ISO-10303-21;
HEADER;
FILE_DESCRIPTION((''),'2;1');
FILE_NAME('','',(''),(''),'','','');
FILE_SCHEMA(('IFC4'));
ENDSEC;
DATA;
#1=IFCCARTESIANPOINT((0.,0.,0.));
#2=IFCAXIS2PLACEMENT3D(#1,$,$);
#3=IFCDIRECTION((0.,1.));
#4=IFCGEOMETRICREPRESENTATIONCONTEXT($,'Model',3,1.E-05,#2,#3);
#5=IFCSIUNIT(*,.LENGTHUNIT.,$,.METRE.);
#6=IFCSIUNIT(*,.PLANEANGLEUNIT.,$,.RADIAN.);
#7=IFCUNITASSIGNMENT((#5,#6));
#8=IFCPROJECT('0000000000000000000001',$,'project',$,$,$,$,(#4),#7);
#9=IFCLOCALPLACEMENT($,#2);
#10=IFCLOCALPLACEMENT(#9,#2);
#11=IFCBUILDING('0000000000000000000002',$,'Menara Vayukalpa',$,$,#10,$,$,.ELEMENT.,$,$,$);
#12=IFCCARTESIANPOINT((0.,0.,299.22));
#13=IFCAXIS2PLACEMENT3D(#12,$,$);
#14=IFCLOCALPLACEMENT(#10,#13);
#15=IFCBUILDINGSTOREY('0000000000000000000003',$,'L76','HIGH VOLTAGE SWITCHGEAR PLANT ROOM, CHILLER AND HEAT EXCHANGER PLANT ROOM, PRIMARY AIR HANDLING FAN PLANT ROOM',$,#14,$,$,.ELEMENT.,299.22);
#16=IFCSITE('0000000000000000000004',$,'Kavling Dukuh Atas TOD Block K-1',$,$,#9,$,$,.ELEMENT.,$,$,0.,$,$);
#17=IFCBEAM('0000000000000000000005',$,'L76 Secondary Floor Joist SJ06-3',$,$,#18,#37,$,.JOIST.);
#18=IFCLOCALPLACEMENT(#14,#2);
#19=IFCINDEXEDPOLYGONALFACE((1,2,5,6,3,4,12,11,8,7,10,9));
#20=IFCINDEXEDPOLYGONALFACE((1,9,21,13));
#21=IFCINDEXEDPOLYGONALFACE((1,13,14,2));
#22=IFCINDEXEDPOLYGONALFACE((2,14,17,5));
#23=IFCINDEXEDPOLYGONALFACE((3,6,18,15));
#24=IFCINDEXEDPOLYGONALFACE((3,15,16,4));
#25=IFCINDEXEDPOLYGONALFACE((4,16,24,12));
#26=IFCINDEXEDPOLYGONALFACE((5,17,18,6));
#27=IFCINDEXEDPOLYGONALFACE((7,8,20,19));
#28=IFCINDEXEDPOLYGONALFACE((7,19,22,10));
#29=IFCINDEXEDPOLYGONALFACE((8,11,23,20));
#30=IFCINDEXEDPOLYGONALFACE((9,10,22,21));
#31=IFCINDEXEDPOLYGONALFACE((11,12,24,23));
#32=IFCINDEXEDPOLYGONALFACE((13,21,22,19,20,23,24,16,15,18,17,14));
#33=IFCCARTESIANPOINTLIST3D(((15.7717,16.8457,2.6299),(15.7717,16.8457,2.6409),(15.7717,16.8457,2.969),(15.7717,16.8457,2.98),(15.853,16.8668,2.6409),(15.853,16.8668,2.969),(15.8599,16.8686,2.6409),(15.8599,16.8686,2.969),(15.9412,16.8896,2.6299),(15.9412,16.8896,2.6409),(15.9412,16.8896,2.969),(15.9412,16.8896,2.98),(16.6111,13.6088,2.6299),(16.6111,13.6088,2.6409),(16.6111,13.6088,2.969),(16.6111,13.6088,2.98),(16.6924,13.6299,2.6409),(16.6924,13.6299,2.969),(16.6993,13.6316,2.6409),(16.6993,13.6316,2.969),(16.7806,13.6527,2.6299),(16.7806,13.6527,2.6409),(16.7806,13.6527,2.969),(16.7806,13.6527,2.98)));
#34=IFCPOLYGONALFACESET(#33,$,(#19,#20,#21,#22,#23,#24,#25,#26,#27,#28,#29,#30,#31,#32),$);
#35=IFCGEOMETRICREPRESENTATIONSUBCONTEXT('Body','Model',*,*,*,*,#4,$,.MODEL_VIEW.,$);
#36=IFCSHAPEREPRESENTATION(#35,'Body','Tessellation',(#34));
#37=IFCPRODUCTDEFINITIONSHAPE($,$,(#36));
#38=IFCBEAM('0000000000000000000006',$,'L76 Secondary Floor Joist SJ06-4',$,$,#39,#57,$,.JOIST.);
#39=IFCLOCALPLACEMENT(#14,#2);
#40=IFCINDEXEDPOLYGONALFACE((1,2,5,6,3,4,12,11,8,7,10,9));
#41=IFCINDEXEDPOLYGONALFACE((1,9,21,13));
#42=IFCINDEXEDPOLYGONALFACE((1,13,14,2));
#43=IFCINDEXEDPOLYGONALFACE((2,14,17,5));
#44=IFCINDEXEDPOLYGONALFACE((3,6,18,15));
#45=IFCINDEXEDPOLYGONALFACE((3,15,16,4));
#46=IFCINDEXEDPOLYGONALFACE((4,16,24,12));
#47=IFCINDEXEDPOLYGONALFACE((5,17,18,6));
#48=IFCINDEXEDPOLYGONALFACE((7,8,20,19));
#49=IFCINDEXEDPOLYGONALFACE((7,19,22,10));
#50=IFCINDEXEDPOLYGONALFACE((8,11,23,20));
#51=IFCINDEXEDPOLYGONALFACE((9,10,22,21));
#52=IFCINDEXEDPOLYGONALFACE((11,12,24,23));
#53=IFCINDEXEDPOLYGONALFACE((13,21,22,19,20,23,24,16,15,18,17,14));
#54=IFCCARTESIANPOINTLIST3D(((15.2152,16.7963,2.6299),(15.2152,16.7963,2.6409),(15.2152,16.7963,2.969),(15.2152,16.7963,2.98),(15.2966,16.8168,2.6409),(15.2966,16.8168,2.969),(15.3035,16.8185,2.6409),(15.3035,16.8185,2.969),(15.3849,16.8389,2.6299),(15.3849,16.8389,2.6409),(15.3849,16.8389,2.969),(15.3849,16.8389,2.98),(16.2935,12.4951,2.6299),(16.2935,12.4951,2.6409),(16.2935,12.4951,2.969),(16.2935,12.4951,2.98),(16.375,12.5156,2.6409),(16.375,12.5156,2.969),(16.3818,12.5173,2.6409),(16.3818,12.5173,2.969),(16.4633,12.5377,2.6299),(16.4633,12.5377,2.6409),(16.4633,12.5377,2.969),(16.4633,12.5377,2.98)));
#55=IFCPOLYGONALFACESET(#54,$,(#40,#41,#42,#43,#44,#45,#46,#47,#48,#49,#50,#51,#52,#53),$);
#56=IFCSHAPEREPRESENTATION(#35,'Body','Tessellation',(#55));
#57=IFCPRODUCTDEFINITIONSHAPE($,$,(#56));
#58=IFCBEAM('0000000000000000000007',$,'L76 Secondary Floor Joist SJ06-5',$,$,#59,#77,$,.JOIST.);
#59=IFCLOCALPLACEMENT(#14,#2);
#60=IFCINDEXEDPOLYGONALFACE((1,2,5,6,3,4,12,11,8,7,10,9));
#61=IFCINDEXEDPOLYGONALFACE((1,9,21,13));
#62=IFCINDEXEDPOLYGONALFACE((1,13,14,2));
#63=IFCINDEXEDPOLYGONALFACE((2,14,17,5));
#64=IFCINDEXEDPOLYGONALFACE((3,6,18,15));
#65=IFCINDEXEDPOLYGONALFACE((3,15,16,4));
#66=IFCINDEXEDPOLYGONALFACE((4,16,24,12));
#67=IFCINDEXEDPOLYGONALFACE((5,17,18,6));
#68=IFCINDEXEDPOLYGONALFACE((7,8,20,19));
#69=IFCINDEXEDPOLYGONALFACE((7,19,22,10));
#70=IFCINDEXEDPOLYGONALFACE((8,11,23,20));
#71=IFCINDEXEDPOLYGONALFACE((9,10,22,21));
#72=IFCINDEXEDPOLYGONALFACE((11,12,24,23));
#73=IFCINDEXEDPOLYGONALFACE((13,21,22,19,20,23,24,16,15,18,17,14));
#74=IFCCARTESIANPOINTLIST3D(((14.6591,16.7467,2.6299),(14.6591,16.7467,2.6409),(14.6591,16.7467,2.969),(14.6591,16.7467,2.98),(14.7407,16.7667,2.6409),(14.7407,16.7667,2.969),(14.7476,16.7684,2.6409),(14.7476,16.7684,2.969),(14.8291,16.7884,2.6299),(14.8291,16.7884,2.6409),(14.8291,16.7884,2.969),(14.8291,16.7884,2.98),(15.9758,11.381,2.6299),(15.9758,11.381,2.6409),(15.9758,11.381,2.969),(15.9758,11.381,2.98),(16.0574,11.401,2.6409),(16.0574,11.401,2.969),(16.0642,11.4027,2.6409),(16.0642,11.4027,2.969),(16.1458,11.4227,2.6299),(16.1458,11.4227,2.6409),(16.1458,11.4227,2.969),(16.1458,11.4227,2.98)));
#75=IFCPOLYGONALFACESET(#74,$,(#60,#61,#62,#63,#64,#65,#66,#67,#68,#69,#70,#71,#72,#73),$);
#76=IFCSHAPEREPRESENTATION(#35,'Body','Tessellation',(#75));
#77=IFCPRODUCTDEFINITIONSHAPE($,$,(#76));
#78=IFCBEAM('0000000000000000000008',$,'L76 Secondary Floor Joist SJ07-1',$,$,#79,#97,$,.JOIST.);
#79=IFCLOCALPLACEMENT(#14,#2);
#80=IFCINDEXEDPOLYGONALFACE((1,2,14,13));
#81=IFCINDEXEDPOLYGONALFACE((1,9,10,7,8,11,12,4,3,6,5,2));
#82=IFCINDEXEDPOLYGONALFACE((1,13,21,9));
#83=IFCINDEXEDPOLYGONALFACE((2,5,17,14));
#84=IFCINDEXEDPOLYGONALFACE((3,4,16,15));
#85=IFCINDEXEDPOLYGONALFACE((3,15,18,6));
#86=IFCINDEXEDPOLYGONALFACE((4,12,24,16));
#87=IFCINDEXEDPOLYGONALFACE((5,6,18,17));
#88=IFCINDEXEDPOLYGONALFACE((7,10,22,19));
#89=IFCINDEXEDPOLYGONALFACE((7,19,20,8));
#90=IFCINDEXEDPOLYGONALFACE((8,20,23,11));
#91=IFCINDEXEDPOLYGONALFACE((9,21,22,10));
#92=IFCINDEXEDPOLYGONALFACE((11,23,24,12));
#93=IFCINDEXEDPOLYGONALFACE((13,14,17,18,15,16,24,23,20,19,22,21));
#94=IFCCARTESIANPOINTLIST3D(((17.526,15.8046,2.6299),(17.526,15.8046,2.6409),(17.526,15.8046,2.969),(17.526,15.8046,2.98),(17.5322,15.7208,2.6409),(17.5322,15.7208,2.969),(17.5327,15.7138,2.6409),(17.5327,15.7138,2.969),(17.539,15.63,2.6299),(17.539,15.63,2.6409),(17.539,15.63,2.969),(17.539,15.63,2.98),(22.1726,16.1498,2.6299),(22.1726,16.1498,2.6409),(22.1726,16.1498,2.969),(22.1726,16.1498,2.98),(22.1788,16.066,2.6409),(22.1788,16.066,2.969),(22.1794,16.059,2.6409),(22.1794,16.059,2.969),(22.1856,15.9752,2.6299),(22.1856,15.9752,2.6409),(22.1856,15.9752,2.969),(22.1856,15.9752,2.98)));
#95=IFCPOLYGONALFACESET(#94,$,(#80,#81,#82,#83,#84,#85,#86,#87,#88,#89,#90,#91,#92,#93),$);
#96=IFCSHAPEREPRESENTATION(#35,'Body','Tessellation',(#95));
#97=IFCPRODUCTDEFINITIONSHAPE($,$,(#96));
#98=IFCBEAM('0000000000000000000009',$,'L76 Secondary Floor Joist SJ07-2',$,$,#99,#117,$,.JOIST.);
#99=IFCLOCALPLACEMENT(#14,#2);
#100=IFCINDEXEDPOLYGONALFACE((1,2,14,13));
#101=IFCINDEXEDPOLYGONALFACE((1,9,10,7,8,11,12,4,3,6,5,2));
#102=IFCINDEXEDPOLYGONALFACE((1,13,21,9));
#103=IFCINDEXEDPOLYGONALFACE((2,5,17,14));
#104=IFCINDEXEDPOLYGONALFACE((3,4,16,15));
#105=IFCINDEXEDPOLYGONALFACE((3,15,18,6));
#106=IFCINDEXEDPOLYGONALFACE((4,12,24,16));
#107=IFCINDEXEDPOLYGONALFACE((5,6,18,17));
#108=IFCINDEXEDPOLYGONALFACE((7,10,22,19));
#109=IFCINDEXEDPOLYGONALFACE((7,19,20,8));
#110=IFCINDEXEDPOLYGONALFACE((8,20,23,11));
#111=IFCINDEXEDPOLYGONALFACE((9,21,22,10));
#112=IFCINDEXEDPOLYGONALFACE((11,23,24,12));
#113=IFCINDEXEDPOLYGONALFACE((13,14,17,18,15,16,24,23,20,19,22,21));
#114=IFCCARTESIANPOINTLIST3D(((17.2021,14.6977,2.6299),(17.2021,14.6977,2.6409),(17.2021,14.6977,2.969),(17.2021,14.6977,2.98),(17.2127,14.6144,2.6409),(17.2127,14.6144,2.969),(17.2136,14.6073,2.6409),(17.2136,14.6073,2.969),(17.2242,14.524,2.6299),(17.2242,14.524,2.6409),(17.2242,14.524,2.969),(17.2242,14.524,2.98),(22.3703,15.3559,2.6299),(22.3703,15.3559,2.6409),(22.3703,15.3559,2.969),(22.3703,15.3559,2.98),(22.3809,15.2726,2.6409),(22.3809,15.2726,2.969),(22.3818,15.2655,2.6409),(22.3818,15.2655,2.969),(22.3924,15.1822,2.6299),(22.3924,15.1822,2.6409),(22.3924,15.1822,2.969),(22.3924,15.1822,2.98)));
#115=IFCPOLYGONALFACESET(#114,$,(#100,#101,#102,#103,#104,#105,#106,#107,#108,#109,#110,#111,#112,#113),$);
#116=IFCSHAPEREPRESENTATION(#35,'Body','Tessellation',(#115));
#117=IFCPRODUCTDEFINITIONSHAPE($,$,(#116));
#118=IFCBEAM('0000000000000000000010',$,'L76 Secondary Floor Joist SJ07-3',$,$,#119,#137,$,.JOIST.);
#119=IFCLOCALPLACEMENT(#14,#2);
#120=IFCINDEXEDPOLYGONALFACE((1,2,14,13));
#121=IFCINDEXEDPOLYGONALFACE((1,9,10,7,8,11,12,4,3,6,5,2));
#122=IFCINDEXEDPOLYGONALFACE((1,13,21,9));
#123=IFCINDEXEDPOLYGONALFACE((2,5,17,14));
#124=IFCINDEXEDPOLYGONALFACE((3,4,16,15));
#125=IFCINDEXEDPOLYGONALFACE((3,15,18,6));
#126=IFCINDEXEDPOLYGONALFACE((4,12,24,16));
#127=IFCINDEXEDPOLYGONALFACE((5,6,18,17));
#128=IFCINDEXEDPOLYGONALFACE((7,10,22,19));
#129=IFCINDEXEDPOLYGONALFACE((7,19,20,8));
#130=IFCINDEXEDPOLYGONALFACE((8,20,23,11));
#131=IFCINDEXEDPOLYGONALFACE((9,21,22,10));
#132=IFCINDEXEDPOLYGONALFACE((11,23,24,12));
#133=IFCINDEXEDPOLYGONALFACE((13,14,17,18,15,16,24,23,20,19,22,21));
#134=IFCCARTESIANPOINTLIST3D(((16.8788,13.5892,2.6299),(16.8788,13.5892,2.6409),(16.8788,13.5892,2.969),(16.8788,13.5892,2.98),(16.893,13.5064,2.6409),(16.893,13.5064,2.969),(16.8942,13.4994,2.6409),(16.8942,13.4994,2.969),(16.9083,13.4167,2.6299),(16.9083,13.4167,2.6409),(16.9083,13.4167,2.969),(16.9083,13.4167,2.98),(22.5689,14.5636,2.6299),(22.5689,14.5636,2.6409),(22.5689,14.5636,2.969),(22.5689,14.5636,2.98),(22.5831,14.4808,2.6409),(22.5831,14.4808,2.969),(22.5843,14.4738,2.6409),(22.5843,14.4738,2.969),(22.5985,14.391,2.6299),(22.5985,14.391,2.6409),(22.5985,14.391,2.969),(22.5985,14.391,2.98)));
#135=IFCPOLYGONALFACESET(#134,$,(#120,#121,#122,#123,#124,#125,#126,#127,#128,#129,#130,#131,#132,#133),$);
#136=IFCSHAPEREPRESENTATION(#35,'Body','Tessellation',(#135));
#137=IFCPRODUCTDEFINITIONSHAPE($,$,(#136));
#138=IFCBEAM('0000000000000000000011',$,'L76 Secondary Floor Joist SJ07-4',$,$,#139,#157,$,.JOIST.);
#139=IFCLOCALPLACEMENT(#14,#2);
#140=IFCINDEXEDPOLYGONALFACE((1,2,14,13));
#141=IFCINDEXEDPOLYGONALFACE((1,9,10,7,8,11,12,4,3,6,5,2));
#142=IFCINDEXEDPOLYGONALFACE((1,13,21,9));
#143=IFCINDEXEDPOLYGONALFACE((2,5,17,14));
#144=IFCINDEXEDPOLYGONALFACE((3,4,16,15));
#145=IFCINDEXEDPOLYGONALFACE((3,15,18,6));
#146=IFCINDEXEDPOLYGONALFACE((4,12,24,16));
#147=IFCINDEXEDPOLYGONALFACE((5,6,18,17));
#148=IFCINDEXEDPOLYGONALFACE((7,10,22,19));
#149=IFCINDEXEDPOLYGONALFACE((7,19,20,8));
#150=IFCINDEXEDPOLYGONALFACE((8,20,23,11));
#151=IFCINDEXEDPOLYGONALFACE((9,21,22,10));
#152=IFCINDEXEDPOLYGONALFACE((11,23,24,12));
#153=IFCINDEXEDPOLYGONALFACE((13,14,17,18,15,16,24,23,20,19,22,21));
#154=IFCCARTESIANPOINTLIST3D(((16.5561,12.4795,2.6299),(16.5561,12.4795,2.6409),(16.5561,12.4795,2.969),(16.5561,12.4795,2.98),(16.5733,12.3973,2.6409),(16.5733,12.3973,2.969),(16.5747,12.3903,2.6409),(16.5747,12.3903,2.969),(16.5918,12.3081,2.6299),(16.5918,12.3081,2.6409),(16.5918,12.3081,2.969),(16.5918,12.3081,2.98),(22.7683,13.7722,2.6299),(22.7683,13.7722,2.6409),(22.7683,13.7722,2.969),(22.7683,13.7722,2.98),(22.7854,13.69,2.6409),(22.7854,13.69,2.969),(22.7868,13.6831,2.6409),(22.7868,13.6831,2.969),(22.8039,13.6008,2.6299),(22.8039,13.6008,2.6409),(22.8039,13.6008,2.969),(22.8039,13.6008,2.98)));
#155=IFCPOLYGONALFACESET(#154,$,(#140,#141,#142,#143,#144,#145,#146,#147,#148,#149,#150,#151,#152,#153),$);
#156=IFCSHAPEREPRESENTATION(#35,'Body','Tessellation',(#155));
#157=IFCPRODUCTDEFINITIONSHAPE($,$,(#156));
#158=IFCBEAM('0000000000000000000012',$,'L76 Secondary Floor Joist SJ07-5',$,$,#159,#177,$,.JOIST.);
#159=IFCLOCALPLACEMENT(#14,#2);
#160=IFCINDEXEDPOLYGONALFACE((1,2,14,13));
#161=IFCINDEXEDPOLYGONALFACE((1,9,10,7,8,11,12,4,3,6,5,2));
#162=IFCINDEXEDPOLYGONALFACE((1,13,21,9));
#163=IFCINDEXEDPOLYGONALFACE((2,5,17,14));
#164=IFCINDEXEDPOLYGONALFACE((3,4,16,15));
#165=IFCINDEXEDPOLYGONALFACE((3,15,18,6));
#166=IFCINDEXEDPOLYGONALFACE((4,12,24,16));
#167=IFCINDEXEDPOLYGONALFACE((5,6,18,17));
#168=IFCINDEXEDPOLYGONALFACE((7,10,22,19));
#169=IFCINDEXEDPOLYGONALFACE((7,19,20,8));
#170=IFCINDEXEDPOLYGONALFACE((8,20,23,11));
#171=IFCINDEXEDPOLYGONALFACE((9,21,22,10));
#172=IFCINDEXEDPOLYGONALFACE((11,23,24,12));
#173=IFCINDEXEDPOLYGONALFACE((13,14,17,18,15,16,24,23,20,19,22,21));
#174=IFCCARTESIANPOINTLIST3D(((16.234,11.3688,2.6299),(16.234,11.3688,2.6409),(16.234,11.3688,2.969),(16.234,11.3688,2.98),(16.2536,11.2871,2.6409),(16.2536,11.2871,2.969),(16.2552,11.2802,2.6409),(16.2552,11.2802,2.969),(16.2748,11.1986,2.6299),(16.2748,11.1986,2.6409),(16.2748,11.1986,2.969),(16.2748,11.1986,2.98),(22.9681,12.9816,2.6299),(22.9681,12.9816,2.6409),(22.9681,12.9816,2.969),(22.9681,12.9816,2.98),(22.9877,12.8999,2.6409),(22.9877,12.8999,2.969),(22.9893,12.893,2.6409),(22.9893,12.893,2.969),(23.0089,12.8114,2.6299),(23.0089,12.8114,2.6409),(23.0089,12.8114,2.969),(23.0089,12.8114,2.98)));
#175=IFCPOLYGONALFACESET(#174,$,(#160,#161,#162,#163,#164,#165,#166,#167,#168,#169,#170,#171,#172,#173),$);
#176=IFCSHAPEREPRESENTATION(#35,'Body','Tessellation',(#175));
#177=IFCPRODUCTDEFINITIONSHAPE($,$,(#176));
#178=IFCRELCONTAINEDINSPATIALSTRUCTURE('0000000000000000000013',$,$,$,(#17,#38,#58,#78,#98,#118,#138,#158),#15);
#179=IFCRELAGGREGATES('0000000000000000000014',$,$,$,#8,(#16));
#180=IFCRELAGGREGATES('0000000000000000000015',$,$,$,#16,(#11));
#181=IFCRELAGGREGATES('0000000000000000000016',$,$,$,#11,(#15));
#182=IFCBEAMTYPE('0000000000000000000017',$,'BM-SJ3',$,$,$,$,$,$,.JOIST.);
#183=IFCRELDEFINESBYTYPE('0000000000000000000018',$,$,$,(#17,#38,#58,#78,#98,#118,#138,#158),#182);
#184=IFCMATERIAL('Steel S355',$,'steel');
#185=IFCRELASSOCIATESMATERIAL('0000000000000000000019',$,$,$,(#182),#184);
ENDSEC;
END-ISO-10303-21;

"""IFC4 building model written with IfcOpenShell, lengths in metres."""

from ifc_helpers import new_model, si_unit, direction, frame, origin, origin_2d, place, context, subcontext, project, spatial, i_section, extrude, material, material_profile, profile_set, type_object, element, save


model = new_model("IFC4")

# Units and contexts
model_context = context("Model", 3, precision=1e-05, world=origin(), true_north=direction((0.0, 1.0)))
body_context = subcontext(model_context, "Body", "Model", "MODEL_VIEW")
ifc_project = project(units=[si_unit("LENGTHUNIT", "METRE"), si_unit("PLANEANGLEUNIT", "RADIAN")], contexts=[model_context])

# Site, building, storey
site_placement = place(None, origin())
site = spatial("IfcSite", under=ifc_project, at=site_placement, Name="Kavling Dukuh Atas TOD Block K-1", CompositionType="ELEMENT", RefElevation=0.0)
building_placement = place(site_placement, origin())
building = spatial("IfcBuilding", under=site, at=building_placement, Name="Menara Vayukalpa", CompositionType="ELEMENT")
storey_placement = place(building_placement, frame((0.0, 0.0, 299.22)))
storey = spatial("IfcBuildingStorey", under=building, at=storey_placement, Name="L76", Description="HIGH VOLTAGE SWITCHGEAR PLANT ROOM, CHILLER AND HEAT EXCHANGER PLANT ROOM, PRIMARY AIR HANDLING FAN PLANT ROOM", CompositionType="ELEMENT", Elevation=299.22)

# Beams
ifc_material_1 = material(Name="Steel S355", Category="steel")
ifc_material_profile_1 = material_profile(ifc_material_1, i_section(OverallWidth=0.175, OverallDepth=0.3501, WebThickness=0.0071, FlangeThickness=0.011, at=origin_2d()), Name="WF 350x175x7x11")
ifc_profile_set_1 = profile_set([ifc_material_profile_1], Name="Steel S355")
beam_type_1 = type_object("IfcBeamType", Name="BM-SJ3", PredefinedType="JOIST", material=ifc_profile_set_1)
beam_1_placement = place(storey_placement, frame((15.8564, 16.8677, 2.8049), z_axis=(0.251013, -0.967984, 0.0), x_axis=(0.967984, 0.251013, 0.0)))
element("IfcBeam", 1, at=beam_1_placement, inside=storey, type_object=beam_type_1, Name="L76 Secondary Floor Joist SJ06-3", PredefinedType="JOIST", context=body_context, shape_type="SweptSolid", body=[
    extrude(i_section(OverallWidth=0.175, OverallDepth=0.3501, WebThickness=0.0071, FlangeThickness=0.011, at=origin_2d()), origin(), (0.0, 0.0, 1.0), 3.344),
])
beam_2_placement = place(storey_placement, frame((15.3, 16.8176, 2.8049), z_axis=(0.243183, -0.96998, 0.0), x_axis=(0.96998, 0.243183, 0.0)))
element("IfcBeam", 2, at=beam_2_placement, inside=storey, type_object=beam_type_1, Name="L76 Secondary Floor Joist SJ06-4", PredefinedType="JOIST", context=body_context, shape_type="SweptSolid", body=[
    extrude(i_section(OverallWidth=0.175, OverallDepth=0.3501, WebThickness=0.0071, FlangeThickness=0.011, at=origin_2d()), origin(), (0.0, 0.0, 1.0), 4.4343),
])
beam_3_placement = place(storey_placement, frame((14.7441, 16.7676, 2.8049), z_axis=(0.238312, -0.971189, 0.0), x_axis=(0.971189, 0.238312, 0.0)))
element("IfcBeam", 3, at=beam_3_placement, inside=storey, type_object=beam_type_1, Name="L76 Secondary Floor Joist SJ06-5", PredefinedType="JOIST", context=body_context, shape_type="SweptSolid", body=[
    extrude(i_section(OverallWidth=0.175, OverallDepth=0.3501, WebThickness=0.0071, FlangeThickness=0.011, at=origin_2d()), origin(), (0.0, 0.0, 1.0), 5.5249),
])
beam_4_placement = place(storey_placement, frame((17.5325, 15.7173, 2.8049), z_axis=(0.997252, 0.074088, 0.0), x_axis=(-0.074088, 0.997252, 0.0)))
element("IfcBeam", 4, at=beam_4_placement, inside=storey, type_object=beam_type_1, Name="L76 Secondary Floor Joist SJ07-1", PredefinedType="JOIST", context=body_context, shape_type="SweptSolid", body=[
    extrude(i_section(OverallWidth=0.175, OverallDepth=0.3501, WebThickness=0.0071, FlangeThickness=0.011, at=origin_2d()), origin(), (0.0, 0.0, 1.0), 4.6594),
])
beam_5_placement = place(storey_placement, frame((17.2131, 14.6108, 2.8049), z_axis=(0.991988, 0.126336, 0.0), x_axis=(-0.126336, 0.991988, 0.0)))
element("IfcBeam", 5, at=beam_5_placement, inside=storey, type_object=beam_type_1, Name="L76 Secondary Floor Joist SJ07-2", PredefinedType="JOIST", context=body_context, shape_type="SweptSolid", body=[
    extrude(i_section(OverallWidth=0.175, OverallDepth=0.3501, WebThickness=0.0071, FlangeThickness=0.011, at=origin_2d()), origin(), (0.0, 0.0, 1.0), 5.21),
])
beam_6_placement = place(storey_placement, frame((16.8936, 13.5029, 2.8049), z_axis=(0.985654, 0.16878, 0.0), x_axis=(-0.16878, 0.985654, 0.0)))
element("IfcBeam", 6, at=beam_6_placement, inside=storey, type_object=beam_type_1, Name="L76 Secondary Floor Joist SJ07-3", PredefinedType="JOIST", context=body_context, shape_type="SweptSolid", body=[
    extrude(i_section(OverallWidth=0.175, OverallDepth=0.3501, WebThickness=0.0071, FlangeThickness=0.011, at=origin_2d()), origin(), (0.0, 0.0, 1.0), 5.7729),
])
beam_7_placement = place(storey_placement, frame((16.574, 12.3938, 2.8049), z_axis=(0.979027, 0.203731, 0.0), x_axis=(-0.203731, 0.979027, 0.0)))
element("IfcBeam", 7, at=beam_7_placement, inside=storey, type_object=beam_type_1, Name="L76 Secondary Floor Joist SJ07-4", PredefinedType="JOIST", context=body_context, shape_type="SweptSolid", body=[
    extrude(i_section(OverallWidth=0.175, OverallDepth=0.3501, WebThickness=0.0071, FlangeThickness=0.011, at=origin_2d()), origin(), (0.0, 0.0, 1.0), 6.3452),
])
beam_8_placement = place(storey_placement, frame((16.2544, 11.2837, 2.8049), z_axis=(0.972499, 0.232909, 0.0), x_axis=(-0.232909, 0.972499, 0.0)))
element("IfcBeam", 8, at=beam_8_placement, inside=storey, type_object=beam_type_1, Name="L76 Secondary Floor Joist SJ07-5", PredefinedType="JOIST", context=body_context, shape_type="SweptSolid", body=[
    extrude(i_section(OverallWidth=0.175, OverallDepth=0.3501, WebThickness=0.0071, FlangeThickness=0.011, at=origin_2d()), origin(), (0.0, 0.0, 1.0), 6.9246),
])

save(model, "model.ifc")
